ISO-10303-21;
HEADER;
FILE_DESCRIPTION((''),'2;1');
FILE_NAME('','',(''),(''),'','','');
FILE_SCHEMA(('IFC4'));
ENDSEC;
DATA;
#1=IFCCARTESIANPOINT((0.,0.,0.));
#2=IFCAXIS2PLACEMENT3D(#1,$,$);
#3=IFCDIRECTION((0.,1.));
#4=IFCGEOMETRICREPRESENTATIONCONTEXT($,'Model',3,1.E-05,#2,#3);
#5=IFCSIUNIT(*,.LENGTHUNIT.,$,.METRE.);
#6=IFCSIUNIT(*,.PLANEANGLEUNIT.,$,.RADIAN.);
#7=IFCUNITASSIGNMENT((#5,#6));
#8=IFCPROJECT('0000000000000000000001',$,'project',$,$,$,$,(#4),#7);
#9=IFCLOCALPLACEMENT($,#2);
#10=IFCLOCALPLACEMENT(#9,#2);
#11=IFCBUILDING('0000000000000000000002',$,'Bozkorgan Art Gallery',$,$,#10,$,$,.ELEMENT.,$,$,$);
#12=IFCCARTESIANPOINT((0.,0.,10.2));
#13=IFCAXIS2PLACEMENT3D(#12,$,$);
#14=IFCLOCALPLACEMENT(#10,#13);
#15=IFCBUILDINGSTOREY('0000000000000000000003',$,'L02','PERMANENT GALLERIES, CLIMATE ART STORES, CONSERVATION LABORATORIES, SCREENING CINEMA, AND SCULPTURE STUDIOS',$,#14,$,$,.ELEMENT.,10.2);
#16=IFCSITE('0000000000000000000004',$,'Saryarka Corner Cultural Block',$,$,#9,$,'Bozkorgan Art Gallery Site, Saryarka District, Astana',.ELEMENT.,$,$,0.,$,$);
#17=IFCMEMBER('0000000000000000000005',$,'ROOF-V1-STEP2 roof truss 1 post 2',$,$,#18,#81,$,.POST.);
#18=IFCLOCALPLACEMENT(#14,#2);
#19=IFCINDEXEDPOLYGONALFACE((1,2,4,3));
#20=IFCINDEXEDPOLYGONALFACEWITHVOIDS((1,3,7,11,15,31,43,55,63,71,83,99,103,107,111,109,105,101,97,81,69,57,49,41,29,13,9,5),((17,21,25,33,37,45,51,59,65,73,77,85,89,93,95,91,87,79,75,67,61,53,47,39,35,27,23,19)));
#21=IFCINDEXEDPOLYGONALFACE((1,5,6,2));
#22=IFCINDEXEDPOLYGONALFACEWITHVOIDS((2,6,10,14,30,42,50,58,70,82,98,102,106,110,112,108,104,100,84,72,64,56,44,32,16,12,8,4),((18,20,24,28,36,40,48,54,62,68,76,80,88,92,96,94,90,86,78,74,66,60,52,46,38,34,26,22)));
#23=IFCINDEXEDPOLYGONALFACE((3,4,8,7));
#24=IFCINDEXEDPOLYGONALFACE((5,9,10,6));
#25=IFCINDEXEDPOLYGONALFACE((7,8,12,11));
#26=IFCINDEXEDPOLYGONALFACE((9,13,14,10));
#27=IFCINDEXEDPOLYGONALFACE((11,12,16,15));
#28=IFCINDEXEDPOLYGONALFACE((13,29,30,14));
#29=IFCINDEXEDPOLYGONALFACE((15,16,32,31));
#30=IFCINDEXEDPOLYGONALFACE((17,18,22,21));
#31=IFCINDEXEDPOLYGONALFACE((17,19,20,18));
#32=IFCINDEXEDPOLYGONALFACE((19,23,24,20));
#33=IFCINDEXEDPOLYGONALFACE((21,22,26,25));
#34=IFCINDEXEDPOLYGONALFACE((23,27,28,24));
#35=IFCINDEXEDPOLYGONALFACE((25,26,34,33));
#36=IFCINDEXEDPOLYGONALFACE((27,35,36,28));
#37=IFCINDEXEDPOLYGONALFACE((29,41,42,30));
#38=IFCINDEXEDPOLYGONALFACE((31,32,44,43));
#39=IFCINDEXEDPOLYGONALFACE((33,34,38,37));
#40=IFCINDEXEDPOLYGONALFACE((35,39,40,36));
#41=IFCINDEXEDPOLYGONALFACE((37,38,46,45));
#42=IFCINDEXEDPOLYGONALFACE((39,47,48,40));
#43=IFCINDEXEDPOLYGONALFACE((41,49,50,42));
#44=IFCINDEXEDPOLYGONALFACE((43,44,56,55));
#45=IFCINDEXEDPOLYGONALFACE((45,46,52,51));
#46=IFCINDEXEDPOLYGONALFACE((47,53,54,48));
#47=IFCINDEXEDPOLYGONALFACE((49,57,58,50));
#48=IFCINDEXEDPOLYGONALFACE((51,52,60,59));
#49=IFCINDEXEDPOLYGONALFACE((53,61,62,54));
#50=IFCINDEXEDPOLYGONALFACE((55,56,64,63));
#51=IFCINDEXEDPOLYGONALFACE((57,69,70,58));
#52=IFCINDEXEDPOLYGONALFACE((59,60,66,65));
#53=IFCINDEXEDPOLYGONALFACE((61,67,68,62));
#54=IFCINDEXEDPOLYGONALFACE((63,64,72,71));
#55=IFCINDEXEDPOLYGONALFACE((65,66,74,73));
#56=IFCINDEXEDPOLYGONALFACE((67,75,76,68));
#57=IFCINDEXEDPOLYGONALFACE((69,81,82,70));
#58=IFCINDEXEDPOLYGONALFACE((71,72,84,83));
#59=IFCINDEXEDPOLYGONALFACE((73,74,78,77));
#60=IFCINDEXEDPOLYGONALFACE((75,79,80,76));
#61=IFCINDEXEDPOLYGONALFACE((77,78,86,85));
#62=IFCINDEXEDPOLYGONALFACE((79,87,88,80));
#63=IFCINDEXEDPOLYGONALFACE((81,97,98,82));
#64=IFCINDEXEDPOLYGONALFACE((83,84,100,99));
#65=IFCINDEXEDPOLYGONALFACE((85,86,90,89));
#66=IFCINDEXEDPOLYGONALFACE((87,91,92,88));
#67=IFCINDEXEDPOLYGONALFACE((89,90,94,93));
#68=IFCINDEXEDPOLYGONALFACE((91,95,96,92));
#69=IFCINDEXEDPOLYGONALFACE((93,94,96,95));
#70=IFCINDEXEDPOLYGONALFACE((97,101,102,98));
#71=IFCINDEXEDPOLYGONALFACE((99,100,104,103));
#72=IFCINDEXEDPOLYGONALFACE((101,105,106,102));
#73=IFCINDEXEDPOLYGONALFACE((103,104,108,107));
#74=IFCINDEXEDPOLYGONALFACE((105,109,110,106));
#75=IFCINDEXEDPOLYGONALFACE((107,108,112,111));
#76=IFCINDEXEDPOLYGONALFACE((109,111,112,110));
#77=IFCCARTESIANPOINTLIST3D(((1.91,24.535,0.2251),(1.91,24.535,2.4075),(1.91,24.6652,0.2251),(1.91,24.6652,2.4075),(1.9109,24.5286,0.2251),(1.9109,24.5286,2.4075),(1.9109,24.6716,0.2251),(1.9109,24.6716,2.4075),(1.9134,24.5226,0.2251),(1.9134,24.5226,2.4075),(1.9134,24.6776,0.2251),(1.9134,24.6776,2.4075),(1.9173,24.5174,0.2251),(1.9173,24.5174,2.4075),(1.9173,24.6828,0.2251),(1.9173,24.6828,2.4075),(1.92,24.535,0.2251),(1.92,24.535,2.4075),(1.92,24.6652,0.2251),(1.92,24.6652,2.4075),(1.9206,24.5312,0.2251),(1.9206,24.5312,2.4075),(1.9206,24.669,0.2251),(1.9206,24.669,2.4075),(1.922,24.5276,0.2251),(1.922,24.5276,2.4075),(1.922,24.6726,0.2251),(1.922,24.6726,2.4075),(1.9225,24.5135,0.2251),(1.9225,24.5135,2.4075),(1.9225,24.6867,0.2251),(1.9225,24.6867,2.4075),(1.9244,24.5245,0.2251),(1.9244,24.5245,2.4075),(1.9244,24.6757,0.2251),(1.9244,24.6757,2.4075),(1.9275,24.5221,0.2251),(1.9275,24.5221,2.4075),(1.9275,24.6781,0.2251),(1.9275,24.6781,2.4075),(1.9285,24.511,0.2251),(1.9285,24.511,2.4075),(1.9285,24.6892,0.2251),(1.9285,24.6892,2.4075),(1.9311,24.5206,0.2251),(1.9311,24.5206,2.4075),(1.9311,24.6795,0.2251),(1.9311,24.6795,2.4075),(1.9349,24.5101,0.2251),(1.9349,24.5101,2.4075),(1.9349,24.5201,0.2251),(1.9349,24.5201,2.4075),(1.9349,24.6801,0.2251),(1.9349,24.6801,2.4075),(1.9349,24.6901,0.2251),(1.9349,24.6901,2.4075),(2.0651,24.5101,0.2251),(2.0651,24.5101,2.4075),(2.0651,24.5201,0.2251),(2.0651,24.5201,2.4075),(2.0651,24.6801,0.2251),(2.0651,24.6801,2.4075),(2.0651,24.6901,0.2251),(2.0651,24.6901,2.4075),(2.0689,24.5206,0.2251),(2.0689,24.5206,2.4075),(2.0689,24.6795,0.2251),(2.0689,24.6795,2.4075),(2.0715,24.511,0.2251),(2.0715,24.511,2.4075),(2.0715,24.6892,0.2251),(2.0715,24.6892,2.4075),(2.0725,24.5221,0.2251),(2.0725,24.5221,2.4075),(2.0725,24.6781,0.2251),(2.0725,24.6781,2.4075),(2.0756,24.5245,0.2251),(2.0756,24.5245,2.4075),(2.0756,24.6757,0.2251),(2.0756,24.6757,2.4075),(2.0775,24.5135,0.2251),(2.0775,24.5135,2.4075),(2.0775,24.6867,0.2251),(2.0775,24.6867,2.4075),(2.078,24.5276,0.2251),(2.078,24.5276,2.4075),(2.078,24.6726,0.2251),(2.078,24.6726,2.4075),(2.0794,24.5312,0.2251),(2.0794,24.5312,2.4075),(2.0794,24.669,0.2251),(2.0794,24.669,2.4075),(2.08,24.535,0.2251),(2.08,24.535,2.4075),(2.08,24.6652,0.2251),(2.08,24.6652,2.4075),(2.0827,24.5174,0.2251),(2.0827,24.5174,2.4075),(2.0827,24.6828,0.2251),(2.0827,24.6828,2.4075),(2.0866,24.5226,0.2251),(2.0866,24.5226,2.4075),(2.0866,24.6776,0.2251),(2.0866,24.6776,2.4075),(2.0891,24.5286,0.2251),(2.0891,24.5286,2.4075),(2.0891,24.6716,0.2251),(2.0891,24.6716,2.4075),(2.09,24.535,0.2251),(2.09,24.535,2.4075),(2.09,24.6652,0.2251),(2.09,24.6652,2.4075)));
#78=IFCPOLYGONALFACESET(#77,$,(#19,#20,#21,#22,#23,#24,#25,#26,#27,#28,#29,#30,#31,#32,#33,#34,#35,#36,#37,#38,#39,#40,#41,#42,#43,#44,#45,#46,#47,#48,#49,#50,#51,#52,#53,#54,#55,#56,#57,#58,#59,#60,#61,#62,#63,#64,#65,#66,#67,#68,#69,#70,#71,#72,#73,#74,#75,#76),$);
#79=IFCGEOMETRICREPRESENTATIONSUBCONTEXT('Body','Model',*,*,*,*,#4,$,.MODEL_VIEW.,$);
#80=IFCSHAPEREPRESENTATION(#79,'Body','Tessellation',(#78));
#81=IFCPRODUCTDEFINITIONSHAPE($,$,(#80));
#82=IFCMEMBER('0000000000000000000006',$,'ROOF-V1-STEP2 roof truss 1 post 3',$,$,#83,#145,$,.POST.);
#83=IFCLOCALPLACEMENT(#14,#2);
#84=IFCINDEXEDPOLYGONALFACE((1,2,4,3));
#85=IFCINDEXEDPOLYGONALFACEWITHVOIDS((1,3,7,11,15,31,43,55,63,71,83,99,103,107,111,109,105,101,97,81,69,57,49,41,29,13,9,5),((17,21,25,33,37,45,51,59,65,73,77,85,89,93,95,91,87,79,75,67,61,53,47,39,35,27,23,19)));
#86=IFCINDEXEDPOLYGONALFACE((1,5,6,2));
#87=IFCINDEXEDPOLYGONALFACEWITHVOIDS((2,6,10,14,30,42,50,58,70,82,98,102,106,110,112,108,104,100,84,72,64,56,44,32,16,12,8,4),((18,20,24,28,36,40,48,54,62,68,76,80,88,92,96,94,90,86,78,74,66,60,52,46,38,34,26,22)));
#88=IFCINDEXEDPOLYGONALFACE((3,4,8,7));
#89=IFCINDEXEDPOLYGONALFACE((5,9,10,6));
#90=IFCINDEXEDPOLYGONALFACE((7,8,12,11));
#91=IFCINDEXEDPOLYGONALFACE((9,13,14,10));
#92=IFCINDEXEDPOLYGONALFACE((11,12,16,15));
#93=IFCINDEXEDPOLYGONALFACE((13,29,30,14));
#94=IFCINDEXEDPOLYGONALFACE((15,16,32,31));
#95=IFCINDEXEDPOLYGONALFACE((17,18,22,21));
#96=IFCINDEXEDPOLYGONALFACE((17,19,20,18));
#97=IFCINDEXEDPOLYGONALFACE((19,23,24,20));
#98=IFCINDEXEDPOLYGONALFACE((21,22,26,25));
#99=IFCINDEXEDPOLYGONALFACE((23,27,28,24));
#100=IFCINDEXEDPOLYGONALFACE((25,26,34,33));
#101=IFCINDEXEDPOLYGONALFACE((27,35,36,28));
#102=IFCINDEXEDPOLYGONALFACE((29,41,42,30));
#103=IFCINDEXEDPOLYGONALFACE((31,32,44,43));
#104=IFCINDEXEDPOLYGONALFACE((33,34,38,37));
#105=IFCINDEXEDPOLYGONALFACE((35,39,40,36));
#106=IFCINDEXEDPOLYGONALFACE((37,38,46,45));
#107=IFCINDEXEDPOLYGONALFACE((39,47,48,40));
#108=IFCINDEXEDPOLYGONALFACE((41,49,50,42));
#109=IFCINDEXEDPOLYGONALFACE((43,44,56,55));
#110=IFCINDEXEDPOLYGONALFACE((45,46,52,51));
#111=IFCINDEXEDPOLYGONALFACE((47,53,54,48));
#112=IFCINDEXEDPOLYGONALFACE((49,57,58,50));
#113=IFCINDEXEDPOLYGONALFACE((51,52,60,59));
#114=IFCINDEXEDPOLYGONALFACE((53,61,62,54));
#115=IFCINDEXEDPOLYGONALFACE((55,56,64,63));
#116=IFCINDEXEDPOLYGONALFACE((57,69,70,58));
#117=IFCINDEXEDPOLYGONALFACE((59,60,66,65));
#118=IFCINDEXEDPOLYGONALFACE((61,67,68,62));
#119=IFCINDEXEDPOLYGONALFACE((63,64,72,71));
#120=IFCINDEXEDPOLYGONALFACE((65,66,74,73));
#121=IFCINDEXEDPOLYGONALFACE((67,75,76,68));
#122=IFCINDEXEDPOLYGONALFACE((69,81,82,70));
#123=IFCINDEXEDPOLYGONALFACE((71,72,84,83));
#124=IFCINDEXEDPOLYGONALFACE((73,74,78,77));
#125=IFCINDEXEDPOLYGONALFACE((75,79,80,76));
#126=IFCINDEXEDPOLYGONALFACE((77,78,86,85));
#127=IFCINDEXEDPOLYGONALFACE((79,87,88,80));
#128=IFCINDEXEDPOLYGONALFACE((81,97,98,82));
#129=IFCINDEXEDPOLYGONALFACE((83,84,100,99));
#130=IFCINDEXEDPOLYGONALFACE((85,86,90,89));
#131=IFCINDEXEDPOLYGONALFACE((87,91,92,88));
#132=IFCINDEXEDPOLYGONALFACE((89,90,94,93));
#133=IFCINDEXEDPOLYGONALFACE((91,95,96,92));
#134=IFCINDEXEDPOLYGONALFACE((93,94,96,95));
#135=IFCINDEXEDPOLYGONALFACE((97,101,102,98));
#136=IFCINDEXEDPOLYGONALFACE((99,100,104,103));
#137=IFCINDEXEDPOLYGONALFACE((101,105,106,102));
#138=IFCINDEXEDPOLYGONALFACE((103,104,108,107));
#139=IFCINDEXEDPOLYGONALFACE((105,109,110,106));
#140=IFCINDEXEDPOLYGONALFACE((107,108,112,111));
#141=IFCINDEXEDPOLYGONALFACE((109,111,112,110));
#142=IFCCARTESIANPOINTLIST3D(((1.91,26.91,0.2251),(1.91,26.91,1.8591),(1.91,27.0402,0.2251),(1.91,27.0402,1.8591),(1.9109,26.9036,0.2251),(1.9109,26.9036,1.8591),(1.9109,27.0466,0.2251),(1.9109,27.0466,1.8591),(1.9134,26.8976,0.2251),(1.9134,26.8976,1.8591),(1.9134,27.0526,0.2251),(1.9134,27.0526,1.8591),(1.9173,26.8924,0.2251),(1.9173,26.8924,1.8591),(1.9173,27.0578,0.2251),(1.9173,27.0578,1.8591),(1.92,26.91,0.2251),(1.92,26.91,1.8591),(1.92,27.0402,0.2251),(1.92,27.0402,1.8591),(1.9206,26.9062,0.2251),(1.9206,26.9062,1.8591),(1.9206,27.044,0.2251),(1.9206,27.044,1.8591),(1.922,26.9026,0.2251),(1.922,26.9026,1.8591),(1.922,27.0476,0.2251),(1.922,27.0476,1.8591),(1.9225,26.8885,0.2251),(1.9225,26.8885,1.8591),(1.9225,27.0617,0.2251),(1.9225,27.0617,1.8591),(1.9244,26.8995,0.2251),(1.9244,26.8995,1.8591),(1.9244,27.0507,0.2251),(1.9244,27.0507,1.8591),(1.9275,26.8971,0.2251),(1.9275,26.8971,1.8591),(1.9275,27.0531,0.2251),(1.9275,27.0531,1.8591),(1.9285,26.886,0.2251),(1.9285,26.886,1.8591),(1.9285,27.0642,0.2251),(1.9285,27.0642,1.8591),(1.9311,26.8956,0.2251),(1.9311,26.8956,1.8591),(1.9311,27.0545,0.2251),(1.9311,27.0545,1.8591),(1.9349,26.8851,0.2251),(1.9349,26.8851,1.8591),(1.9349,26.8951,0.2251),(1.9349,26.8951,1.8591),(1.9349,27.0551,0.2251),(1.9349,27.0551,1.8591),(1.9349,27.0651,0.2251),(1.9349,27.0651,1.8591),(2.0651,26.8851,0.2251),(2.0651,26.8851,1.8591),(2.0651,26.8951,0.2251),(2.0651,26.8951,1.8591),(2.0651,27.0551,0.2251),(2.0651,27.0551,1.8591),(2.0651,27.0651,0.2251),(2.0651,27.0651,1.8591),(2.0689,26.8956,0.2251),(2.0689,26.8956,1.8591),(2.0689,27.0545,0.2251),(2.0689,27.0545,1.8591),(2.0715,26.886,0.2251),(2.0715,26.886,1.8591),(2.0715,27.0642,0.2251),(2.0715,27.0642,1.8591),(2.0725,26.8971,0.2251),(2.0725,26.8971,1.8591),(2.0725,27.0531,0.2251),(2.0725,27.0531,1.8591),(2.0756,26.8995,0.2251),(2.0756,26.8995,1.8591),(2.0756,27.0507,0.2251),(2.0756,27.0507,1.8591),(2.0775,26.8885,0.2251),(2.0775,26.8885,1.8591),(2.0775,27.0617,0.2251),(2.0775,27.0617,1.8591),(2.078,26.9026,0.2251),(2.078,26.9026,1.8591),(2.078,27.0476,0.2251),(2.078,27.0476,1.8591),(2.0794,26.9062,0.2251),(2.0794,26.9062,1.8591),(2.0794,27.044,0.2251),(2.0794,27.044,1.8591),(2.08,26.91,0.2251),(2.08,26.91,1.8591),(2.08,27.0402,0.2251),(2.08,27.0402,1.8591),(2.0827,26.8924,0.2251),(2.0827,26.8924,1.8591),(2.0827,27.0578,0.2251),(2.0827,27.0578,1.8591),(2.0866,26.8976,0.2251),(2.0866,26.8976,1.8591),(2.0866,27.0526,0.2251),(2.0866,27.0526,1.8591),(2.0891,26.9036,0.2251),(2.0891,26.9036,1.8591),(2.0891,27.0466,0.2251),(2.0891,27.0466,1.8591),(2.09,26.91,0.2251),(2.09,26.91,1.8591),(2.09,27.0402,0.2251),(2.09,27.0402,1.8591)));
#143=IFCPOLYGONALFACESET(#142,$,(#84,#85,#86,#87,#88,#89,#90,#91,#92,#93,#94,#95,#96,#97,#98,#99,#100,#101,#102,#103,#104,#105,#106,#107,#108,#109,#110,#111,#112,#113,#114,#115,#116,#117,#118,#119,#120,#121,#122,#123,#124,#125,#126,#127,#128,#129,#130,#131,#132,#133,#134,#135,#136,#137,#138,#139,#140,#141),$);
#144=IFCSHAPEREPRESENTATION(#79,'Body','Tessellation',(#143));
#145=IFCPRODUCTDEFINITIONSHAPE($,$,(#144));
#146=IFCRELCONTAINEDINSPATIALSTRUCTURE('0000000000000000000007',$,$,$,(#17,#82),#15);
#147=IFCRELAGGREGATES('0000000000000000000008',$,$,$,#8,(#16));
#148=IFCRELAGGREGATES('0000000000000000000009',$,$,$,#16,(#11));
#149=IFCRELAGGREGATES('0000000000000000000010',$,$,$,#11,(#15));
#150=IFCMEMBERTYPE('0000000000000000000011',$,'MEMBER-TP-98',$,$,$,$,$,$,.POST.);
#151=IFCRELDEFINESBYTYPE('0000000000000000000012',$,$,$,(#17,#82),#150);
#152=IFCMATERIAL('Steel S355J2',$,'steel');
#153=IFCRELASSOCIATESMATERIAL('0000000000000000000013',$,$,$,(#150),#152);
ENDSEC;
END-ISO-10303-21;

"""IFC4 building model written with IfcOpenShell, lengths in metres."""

from ifc_helpers import new_model, si_unit, direction, frame, origin, origin_2d, place, context, subcontext, project, spatial, hollow_rectangle, extrude, material, material_profile, profile_set, type_object, element, save


model = new_model("IFC4")

# Units and contexts
model_context = context("Model", 3, precision=1e-05, world=origin(), true_north=direction((0.0, 1.0)))
body_context = subcontext(model_context, "Body", "Model", "MODEL_VIEW")
ifc_project = project(units=[si_unit("LENGTHUNIT", "METRE"), si_unit("PLANEANGLEUNIT", "RADIAN")], contexts=[model_context])

# Site, building, storey
site_placement = place(None, origin())
site = spatial("IfcSite", under=ifc_project, at=site_placement, Name="Saryarka Corner Cultural Block", LongName="Bozkorgan Art Gallery Site, Saryarka District, Astana", CompositionType="ELEMENT", RefElevation=0.0)
building_placement = place(site_placement, origin())
building = spatial("IfcBuilding", under=site, at=building_placement, Name="Bozkorgan Art Gallery", CompositionType="ELEMENT")
storey_placement = place(building_placement, frame((0.0, 0.0, 10.2)))
storey = spatial("IfcBuildingStorey", under=building, at=storey_placement, Name="L02", Description="PERMANENT GALLERIES, CLIMATE ART STORES, CONSERVATION LABORATORIES, SCREENING CINEMA, AND SCULPTURE STUDIOS", CompositionType="ELEMENT", Elevation=10.2)

# Members
ifc_material_1 = material(Name="Steel S355J2", Category="steel")
ifc_material_profile_1 = material_profile(ifc_material_1, hollow_rectangle(XDim=0.1799, YDim=0.1799, WallThickness=0.01, InnerFilletRadius=0.0149, OuterFilletRadius=0.0249, at=origin_2d()), Name="SHS 180x180x10")
ifc_profile_set_1 = profile_set([ifc_material_profile_1], Name="Steel S355J2")
member_type_1 = type_object("IfcMemberType", Name="MEMBER-TP-98", PredefinedType="POST", material=ifc_profile_set_1)
member_1_placement = place(storey_placement, frame((2.0, 24.6001, 0.2251), z_axis=(0.0, 0.0, 1.0), x_axis=(1.0, 0.0, 0.0)))
element("IfcMember", 1, at=member_1_placement, inside=storey, type_object=member_type_1, Name="ROOF-V1-STEP2 roof truss 1 post 2", PredefinedType="POST", context=body_context, shape_type="SweptSolid", body=[
    extrude(hollow_rectangle(XDim=0.1799, YDim=0.1799, WallThickness=0.01, InnerFilletRadius=0.0149, OuterFilletRadius=0.0249, at=origin_2d()), origin(), (0.0, 0.0, 1.0), 2.1824),
])
member_2_placement = place(storey_placement, frame((2.0, 26.9751, 0.2251), z_axis=(0.0, 0.0, 1.0), x_axis=(1.0, 0.0, 0.0)))
element("IfcMember", 2, at=member_2_placement, inside=storey, type_object=member_type_1, Name="ROOF-V1-STEP2 roof truss 1 post 3", PredefinedType="POST", context=body_context, shape_type="SweptSolid", body=[
    extrude(hollow_rectangle(XDim=0.1799, YDim=0.1799, WallThickness=0.01, InnerFilletRadius=0.0149, OuterFilletRadius=0.0249, at=origin_2d()), origin(), (0.0, 0.0, 1.0), 1.634),
])

save(model, "model.ifc")
